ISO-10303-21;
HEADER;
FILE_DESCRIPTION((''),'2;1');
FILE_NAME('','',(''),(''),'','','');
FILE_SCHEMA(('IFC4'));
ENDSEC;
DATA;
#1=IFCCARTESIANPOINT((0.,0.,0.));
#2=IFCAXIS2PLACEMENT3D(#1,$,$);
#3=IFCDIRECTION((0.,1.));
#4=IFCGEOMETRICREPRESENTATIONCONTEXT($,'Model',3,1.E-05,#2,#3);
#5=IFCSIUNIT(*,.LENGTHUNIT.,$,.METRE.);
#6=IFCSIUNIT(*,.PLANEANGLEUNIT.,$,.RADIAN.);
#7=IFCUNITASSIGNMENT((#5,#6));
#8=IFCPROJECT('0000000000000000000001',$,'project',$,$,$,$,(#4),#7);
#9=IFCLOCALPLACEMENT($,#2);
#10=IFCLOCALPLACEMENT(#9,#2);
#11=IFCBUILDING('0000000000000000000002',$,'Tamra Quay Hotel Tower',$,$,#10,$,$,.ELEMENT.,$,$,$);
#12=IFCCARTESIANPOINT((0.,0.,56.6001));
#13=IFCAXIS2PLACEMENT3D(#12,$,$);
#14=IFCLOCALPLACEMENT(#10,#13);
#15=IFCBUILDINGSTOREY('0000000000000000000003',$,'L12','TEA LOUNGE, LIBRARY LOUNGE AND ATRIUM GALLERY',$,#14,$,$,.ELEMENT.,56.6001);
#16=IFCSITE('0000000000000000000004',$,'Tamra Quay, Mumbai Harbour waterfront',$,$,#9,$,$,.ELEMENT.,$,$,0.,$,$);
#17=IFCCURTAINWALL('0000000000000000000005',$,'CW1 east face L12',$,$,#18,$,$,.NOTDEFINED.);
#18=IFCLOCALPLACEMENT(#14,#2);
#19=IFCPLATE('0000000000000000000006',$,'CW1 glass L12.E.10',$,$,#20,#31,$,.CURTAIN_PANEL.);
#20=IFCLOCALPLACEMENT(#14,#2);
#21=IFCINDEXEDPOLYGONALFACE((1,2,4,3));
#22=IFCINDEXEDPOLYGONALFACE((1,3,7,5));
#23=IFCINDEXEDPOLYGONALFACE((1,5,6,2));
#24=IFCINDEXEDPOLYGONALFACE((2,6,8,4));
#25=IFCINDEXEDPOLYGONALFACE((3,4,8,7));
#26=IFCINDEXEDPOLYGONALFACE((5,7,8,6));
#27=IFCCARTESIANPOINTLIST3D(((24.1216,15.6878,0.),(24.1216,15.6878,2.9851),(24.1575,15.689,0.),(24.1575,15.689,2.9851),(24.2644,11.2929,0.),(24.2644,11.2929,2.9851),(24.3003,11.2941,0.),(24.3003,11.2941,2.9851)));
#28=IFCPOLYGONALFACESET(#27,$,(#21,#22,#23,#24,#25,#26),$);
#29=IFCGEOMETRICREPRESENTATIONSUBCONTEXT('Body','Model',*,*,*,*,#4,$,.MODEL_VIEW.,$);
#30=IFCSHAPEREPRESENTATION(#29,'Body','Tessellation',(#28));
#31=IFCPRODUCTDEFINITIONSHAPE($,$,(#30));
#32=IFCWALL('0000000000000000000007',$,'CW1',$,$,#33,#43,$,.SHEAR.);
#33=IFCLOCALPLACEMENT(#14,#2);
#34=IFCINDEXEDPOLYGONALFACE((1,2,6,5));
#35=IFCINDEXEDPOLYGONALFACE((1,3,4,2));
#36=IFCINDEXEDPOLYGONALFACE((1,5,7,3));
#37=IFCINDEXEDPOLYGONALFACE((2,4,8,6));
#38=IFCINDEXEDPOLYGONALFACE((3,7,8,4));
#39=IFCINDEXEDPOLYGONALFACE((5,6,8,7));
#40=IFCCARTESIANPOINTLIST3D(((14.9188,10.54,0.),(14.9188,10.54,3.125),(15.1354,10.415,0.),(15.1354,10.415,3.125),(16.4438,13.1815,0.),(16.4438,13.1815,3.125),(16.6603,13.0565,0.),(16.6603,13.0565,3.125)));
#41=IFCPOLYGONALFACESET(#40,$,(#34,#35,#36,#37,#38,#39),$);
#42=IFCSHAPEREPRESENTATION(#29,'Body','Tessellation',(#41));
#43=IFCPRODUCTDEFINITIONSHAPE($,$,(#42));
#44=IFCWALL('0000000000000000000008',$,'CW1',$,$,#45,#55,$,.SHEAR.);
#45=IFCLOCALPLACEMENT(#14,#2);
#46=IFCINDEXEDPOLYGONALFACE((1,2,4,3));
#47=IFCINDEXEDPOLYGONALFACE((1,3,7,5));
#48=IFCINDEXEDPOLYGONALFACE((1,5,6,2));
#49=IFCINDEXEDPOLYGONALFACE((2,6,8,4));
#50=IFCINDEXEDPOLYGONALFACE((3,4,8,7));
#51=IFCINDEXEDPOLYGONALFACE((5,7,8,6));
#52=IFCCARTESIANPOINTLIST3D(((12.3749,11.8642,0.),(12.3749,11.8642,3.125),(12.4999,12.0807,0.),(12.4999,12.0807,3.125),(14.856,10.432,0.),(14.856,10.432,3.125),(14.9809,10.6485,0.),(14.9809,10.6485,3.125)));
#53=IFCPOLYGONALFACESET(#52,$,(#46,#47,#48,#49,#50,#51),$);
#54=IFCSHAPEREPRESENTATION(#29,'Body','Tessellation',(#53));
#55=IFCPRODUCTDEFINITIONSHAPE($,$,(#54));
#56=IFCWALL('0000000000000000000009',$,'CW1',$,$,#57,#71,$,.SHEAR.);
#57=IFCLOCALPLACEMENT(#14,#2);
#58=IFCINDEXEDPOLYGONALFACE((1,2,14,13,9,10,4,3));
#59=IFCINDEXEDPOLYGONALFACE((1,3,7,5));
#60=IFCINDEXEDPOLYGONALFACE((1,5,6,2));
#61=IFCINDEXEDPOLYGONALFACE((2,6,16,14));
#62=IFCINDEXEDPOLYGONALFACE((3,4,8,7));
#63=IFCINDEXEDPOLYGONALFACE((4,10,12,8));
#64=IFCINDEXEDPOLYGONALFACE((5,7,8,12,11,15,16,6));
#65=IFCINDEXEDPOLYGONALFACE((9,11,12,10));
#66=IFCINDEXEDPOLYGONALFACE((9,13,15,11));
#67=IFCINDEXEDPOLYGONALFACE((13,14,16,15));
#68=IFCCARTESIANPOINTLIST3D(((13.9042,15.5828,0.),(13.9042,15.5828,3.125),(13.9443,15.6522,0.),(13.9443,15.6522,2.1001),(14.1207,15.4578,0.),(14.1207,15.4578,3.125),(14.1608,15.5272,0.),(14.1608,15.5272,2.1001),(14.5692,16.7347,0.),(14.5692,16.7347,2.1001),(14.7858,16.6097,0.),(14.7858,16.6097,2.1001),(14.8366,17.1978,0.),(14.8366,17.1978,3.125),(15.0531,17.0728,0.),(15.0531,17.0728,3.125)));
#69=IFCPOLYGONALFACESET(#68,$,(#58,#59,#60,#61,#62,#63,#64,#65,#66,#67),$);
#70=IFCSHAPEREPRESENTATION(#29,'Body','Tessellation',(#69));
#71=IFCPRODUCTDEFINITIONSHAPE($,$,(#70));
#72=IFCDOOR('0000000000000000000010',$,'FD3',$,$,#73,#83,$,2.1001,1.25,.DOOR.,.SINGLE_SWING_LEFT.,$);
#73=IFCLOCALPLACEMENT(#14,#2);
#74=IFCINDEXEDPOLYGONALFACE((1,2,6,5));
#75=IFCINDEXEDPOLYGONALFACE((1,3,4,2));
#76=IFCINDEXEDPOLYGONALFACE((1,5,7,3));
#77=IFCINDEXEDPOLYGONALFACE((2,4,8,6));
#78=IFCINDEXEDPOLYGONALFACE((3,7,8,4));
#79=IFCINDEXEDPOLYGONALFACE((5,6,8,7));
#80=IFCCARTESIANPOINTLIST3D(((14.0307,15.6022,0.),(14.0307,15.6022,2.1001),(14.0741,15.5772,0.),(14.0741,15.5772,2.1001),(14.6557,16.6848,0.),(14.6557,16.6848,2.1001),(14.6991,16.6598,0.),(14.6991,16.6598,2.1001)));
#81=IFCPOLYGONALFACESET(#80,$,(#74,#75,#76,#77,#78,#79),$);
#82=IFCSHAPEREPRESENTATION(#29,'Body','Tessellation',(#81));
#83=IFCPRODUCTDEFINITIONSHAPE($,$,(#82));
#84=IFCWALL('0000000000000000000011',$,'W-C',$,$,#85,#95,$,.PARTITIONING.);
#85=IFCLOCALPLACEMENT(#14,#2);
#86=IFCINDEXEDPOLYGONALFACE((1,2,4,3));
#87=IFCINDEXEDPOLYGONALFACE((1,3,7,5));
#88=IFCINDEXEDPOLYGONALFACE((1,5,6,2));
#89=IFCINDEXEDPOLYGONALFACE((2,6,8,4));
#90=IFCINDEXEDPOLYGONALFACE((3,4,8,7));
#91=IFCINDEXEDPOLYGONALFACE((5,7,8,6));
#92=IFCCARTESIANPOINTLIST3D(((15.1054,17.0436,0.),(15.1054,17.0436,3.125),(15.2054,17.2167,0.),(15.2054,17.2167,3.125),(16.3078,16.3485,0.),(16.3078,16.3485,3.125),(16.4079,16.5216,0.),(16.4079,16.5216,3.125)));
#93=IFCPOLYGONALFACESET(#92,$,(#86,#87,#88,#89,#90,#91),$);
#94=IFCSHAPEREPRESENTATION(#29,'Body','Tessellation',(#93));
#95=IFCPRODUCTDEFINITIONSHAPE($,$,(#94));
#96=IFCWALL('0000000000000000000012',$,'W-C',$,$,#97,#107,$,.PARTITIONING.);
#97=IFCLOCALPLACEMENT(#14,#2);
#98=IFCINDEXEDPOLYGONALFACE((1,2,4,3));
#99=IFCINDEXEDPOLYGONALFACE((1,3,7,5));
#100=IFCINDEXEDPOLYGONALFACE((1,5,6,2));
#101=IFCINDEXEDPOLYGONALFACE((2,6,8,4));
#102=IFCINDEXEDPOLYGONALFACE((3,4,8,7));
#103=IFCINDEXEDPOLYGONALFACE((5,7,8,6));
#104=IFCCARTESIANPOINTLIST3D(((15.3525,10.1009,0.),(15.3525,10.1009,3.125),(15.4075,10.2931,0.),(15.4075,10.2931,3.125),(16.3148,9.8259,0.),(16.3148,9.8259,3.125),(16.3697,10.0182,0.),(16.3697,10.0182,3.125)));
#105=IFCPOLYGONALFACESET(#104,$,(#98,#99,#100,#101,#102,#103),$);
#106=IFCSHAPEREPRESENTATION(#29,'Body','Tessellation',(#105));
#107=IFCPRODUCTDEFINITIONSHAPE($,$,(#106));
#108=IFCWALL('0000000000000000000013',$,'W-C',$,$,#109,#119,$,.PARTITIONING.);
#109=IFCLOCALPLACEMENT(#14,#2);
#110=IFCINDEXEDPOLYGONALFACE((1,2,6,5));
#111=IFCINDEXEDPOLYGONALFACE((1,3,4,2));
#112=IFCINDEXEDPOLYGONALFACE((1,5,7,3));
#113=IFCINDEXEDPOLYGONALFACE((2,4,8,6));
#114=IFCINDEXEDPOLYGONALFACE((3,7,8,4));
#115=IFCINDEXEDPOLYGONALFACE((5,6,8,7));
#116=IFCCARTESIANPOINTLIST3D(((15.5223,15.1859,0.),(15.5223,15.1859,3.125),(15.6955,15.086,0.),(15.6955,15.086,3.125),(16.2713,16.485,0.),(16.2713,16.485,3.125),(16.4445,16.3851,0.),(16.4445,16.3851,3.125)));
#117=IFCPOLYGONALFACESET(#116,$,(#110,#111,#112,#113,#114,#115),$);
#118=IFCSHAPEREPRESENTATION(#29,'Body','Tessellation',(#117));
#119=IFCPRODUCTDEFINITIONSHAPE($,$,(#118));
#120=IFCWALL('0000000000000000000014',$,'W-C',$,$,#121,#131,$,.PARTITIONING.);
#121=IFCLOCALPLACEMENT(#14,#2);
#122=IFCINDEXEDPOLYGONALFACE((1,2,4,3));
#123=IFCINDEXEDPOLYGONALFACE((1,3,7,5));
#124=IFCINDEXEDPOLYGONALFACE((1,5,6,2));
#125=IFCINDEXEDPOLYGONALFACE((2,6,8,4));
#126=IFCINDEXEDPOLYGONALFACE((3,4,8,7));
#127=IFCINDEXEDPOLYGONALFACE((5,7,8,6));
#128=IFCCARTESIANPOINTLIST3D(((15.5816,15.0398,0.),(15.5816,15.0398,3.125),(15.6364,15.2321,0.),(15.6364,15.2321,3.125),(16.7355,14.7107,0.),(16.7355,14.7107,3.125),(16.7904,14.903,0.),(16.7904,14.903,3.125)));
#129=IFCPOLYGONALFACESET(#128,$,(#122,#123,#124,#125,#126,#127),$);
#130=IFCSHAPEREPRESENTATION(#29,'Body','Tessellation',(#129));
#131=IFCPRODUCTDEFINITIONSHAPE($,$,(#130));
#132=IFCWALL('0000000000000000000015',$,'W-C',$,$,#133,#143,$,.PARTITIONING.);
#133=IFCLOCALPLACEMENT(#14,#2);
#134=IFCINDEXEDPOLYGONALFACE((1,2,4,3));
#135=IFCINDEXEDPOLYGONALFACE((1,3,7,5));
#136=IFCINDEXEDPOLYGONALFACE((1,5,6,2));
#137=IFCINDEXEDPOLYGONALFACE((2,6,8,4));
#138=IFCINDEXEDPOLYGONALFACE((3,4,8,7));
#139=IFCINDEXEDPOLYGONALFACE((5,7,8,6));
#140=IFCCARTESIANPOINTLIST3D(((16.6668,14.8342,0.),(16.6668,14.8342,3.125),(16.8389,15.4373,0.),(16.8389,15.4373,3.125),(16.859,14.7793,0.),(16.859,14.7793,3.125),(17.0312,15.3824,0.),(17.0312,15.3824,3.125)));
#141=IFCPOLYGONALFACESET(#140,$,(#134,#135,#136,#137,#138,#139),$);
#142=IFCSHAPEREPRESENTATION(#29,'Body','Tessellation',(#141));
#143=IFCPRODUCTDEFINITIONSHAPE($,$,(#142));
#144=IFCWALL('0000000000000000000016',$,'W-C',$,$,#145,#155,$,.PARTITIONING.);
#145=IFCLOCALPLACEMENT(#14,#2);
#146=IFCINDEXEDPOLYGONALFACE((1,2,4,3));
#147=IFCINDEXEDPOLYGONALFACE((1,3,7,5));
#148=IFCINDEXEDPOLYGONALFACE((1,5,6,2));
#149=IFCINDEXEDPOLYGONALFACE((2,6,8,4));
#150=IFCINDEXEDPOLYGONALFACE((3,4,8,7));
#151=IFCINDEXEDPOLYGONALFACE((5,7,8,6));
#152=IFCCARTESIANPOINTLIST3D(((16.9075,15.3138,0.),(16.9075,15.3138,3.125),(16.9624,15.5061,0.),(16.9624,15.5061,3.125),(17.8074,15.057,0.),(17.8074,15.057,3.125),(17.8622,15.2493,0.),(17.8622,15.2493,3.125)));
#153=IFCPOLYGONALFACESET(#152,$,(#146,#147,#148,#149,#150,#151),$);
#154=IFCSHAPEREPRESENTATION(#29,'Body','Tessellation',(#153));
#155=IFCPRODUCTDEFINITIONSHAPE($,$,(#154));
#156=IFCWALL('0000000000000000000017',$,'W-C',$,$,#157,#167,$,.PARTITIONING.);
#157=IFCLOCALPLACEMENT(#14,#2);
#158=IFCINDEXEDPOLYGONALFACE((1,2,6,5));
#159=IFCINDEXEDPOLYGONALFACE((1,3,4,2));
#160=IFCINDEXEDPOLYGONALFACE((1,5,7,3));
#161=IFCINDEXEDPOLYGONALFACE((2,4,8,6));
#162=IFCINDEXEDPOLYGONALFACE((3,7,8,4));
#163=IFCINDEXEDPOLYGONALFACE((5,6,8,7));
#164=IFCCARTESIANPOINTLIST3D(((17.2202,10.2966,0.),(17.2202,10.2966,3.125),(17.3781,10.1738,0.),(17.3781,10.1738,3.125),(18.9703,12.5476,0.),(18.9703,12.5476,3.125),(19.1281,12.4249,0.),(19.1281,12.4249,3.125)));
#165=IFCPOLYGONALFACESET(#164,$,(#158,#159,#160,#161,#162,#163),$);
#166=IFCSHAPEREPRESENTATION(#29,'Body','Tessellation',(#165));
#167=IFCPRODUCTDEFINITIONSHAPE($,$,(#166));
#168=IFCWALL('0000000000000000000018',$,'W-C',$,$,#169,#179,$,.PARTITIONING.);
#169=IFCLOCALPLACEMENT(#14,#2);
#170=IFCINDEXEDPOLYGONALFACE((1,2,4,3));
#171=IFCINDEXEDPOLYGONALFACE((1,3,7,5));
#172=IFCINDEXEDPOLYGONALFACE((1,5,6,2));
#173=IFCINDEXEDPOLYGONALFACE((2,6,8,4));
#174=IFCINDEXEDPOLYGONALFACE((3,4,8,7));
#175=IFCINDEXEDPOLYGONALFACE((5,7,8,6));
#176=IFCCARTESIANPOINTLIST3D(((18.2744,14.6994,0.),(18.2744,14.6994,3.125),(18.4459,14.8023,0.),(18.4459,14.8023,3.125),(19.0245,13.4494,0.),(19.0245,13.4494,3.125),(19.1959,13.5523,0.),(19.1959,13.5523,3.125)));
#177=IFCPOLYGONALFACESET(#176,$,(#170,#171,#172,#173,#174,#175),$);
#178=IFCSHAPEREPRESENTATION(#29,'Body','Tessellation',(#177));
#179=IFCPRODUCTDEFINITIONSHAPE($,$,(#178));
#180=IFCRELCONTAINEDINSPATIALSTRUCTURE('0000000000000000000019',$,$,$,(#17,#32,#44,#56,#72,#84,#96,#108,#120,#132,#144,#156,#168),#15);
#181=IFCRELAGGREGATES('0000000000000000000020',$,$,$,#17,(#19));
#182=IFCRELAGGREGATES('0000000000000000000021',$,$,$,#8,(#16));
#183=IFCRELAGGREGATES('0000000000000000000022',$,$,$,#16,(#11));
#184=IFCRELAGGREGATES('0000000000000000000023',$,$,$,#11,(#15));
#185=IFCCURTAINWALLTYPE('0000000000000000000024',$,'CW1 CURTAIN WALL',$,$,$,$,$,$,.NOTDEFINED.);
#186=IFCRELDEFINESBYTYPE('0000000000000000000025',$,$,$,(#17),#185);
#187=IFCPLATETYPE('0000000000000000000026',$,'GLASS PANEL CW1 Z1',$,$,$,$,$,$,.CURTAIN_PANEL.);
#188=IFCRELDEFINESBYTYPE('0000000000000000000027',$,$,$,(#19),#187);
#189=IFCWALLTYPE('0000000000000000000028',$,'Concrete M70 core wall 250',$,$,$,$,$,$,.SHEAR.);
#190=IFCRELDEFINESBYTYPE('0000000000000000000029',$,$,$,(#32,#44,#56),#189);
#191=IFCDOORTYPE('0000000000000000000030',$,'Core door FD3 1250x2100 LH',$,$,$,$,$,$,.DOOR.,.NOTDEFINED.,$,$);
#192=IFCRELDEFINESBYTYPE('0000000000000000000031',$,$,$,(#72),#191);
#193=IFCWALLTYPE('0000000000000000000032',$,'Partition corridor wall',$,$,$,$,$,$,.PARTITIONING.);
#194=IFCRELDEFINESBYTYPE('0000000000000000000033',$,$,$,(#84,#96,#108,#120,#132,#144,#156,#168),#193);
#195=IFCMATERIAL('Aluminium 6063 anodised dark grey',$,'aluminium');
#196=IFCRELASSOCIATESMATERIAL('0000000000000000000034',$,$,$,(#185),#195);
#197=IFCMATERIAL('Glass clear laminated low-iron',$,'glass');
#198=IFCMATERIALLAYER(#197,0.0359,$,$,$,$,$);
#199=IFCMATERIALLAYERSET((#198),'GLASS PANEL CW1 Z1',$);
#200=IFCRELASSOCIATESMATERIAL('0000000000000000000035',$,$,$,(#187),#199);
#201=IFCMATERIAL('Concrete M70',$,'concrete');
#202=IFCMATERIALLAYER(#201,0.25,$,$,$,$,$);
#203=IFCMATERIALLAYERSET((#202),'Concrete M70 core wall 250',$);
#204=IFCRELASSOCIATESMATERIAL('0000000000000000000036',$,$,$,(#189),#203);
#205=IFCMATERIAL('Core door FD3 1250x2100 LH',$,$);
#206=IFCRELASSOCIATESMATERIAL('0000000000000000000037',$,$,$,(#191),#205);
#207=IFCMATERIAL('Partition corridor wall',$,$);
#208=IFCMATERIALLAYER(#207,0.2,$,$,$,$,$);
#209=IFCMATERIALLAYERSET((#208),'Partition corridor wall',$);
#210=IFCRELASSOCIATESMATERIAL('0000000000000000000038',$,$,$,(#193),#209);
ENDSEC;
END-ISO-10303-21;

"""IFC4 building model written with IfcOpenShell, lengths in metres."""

from ifc_helpers import new_model, si_unit, direction, frame, frame_2d, origin, origin_2d, place, context, subcontext, project, spatial, rectangle, extrude, material, layer, layer_set, type_object, element, fill, aggregate, save


model = new_model("IFC4")

# Units and contexts
model_context = context("Model", 3, precision=1e-05, world=origin(), true_north=direction((0.0, 1.0)))
body_context = subcontext(model_context, "Body", "Model", "MODEL_VIEW")
ifc_project = project(units=[si_unit("LENGTHUNIT", "METRE"), si_unit("PLANEANGLEUNIT", "RADIAN")], contexts=[model_context])

# Site, building, storey
site_placement = place(None, origin())
site = spatial("IfcSite", under=ifc_project, at=site_placement, Name="Tamra Quay, Mumbai Harbour waterfront", CompositionType="ELEMENT", RefElevation=0.0)
building_placement = place(site_placement, origin())
building = spatial("IfcBuilding", under=site, at=building_placement, Name="Tamra Quay Hotel Tower", CompositionType="ELEMENT")
storey_placement = place(building_placement, frame((0.0, 0.0, 56.6001)))
storey = spatial("IfcBuildingStorey", under=building, at=storey_placement, Name="L12", Description="TEA LOUNGE, LIBRARY LOUNGE AND ATRIUM GALLERY", CompositionType="ELEMENT", Elevation=56.6001)

# Shared definitions
ifc_material_1 = material(Name="Concrete M70", Category="concrete")

# Curtain wall
ifc_material_2 = material(Name="Aluminium 6063 anodised dark grey", Category="aluminium")
curtain_wall_type = type_object("IfcCurtainWallType", Name="CW1 CURTAIN WALL", PredefinedType="NOTDEFINED", material=ifc_material_2)
curtain_wall_placement = place(storey_placement, origin())
curtain_wall = element("IfcCurtainWall", 1, at=curtain_wall_placement, inside=storey, type_object=curtain_wall_type, Name="CW1 east face L12", PredefinedType="NOTDEFINED")

# Plate
ifc_material_3 = material(Name="Glass clear laminated low-iron", Category="glass")
ifc_layer_1 = layer(ifc_material_3, 0.0359)
ifc_layer_set_1 = layer_set([ifc_layer_1], Name="GLASS PANEL CW1 Z1")
plate_type = type_object("IfcPlateType", Name="GLASS PANEL CW1 Z1", PredefinedType="CURTAIN_PANEL", material=ifc_layer_set_1)
plate_1_placement = place(storey_placement, frame((24.2109, 13.491, 0.0), z_axis=(0.0, 0.0, 1.0), x_axis=(-0.032475, 0.999473, 0.0)))
plate_1 = element("IfcPlate", 2, at=plate_1_placement, type_object=plate_type, Name="CW1 glass L12.E.10", PredefinedType="CURTAIN_PANEL", context=body_context, shape_type="SweptSolid", body=[
    extrude(rectangle(XDim=4.3972, YDim=0.0359, at=origin_2d()), origin(), (0.0, 0.0, 1.0), 2.9851),
])
aggregate(curtain_wall, [plate_1])

# Walls
ifc_layer_2 = layer(ifc_material_1, 0.25)
ifc_layer_set_2 = layer_set([ifc_layer_2], Name="Concrete M70 core wall 250")
wall_type_1 = type_object("IfcWallType", Name="Concrete M70 core wall 250", PredefinedType="SHEAR", material=ifc_layer_set_2)
wall_1_placement = place(storey_placement, frame((16.552, 13.1189, 0.0), z_axis=(0.0, 0.0, 1.0), x_axis=(-0.499979, -0.866038, 0.0)))
element("IfcWall", 3, at=wall_1_placement, inside=storey, type_object=wall_type_1, Name="CW1", PredefinedType="SHEAR", context=body_context, shape_type="SweptSolid", body=[
    extrude(rectangle(XDim=3.05, YDim=0.25, at=frame_2d((1.5249, 0.0))), origin(), (0.0, 0.0, 1.0), 3.125),
])
wall_2_placement = place(storey_placement, frame((14.9185, 10.5403, 0.0), z_axis=(0.0, 0.0, 1.0), x_axis=(-0.866064, 0.499934, 0.0)))
element("IfcWall", 4, at=wall_2_placement, inside=storey, type_object=wall_type_1, Name="CW1", PredefinedType="SHEAR", context=body_context, shape_type="SweptSolid", body=[
    extrude(rectangle(XDim=2.8647, YDim=0.25, at=frame_2d((1.4324, 0.0))), origin(), (0.0, 0.0, 1.0), 3.125),
])

# Wall, opening, door
wall_3_placement = place(storey_placement, frame((14.9448, 17.1353, 0.0), z_axis=(0.0, 0.0, 1.0), x_axis=(-0.499983, -0.866035, 0.0)))
wall_3 = element("IfcWall", 5, at=wall_3_placement, inside=storey, type_object=wall_type_1, Name="CW1", PredefinedType="SHEAR", context=body_context, shape_type="SweptSolid", body=[
    extrude(rectangle(XDim=1.8647, YDim=0.25, at=frame_2d((0.9324, 0.0))), origin(), (0.0, 0.0, 1.0), 3.125),
])
opening_placement = place(wall_3_placement, frame((0.5347, 0.0, 0.0)))
opening = element("IfcOpeningElement", 6, at=opening_placement, cuts=wall_3, PredefinedType="OPENING", context=body_context, shape_type="SweptSolid", body=[
    extrude(rectangle(XDim=1.25, YDim=2.1001, at=frame_2d((0.625, 1.05))), frame((0.0, 0.135, 0.0), z_axis=(0.0, -1.0, 0.0), x_axis=(1.0, 0.0, 0.0)), (0.0, 0.0, 1.0), 0.27),
])
ifc_material_4 = material(Name="Core door FD3 1250x2100 LH")
door_type = type_object("IfcDoorType", Name="Core door FD3 1250x2100 LH", OperationType="NOTDEFINED", PredefinedType="DOOR", material=ifc_material_4)
door_placement = place(opening_placement, origin())
door = element("IfcDoor", 7, at=door_placement, inside=storey, type_object=door_type, Name="FD3", OperationType="SINGLE_SWING_LEFT", OverallHeight=2.1001, OverallWidth=1.25, PredefinedType="DOOR", context=body_context, shape_type="SweptSolid", body=[
    extrude(rectangle(XDim=1.25, YDim=2.1001, at=frame_2d((0.625, 1.05))), frame((0.0, 0.0249, 0.0), z_axis=(0.0, -1.0, 0.0), x_axis=(1.0, 0.0, 0.0)), (0.0, 0.0, 1.0), 0.05),
])
fill(opening, door)

# Walls
ifc_material_5 = material(Name="Partition corridor wall")
ifc_layer_3 = layer(ifc_material_5, 0.2)
ifc_layer_set_3 = layer_set([ifc_layer_3], Name="Partition corridor wall")
wall_type_2 = type_object("IfcWallType", Name="Partition corridor wall", PredefinedType="PARTITIONING", material=ifc_layer_set_3)
wall_4_placement = place(storey_placement, frame((15.1555, 17.1301, 0.0), z_axis=(0.0, 0.0, 1.0), x_axis=(0.865755, -0.500468, 0.0)))
element("IfcWall", 8, at=wall_4_placement, inside=storey, type_object=wall_type_2, Name="W-C", PredefinedType="PARTITIONING", context=body_context, shape_type="SweptSolid", body=[
    extrude(rectangle(XDim=1.3889, YDim=0.2, at=frame_2d((0.6943, 0.0))), origin(), (0.0, 0.0, 1.0), 3.125),
])
wall_5_placement = place(storey_placement, frame((15.3799, 10.197, 0.0), z_axis=(0.0, 0.0, 1.0), x_axis=(0.961524, -0.274721, 0.0)))
element("IfcWall", 9, at=wall_5_placement, inside=storey, type_object=wall_type_2, Name="W-C", PredefinedType="PARTITIONING", context=body_context, shape_type="SweptSolid", body=[
    extrude(rectangle(XDim=1.0007, YDim=0.2, at=frame_2d((0.5005, 0.0))), origin(), (0.0, 0.0, 1.0), 3.125),
])
wall_6_placement = place(storey_placement, frame((15.6089, 15.136, 0.0), z_axis=(0.0, 0.0, 1.0), x_axis=(0.499502, 0.866313, 0.0)))
element("IfcWall", 10, at=wall_6_placement, inside=storey, type_object=wall_type_2, Name="W-C", PredefinedType="PARTITIONING", context=body_context, shape_type="SweptSolid", body=[
    extrude(rectangle(XDim=1.4995, YDim=0.2, at=frame_2d((0.7498, 0.0))), origin(), (0.0, 0.0, 1.0), 3.125),
])
wall_7_placement = place(storey_placement, frame((15.6089, 15.136, 0.0), z_axis=(0.0, 0.0, 1.0), x_axis=(0.961662, -0.274237, 0.0)))
element("IfcWall", 11, at=wall_7_placement, inside=storey, type_object=wall_type_2, Name="W-C", PredefinedType="PARTITIONING", context=body_context, shape_type="SweptSolid", body=[
    extrude(rectangle(XDim=1.2, YDim=0.2, at=frame_2d((0.6001, 0.0))), origin(), (0.0, 0.0, 1.0), 3.125),
])
wall_8_placement = place(storey_placement, frame((16.7629, 14.8069, 0.0), z_axis=(0.0, 0.0, 1.0), x_axis=(0.274464, 0.961597, 0.0)))
element("IfcWall", 12, at=wall_8_placement, inside=storey, type_object=wall_type_2, Name="W-C", PredefinedType="PARTITIONING", context=body_context, shape_type="SweptSolid", body=[
    extrude(rectangle(XDim=0.6272, YDim=0.2, at=frame_2d((0.3135, 0.0))), origin(), (0.0, 0.0, 1.0), 3.125),
])
wall_9_placement = place(storey_placement, frame((16.9351, 15.4099, 0.0), z_axis=(0.0, 0.0, 1.0), x_axis=(0.961603, -0.274445, 0.0)))
element("IfcWall", 13, at=wall_9_placement, inside=storey, type_object=wall_type_2, Name="W-C", PredefinedType="PARTITIONING", context=body_context, shape_type="SweptSolid", body=[
    extrude(rectangle(XDim=0.9358, YDim=0.2, at=frame_2d((0.4678, 0.0))), origin(), (0.0, 0.0, 1.0), 3.125),
])
wall_10_placement = place(storey_placement, frame((17.2991, 10.2351, 0.0), z_axis=(0.0, 0.0, 1.0), x_axis=(0.613775, 0.789481, 0.0)))
element("IfcWall", 14, at=wall_10_placement, inside=storey, type_object=wall_type_2, Name="W-C", PredefinedType="PARTITIONING", context=body_context, shape_type="SweptSolid", body=[
    extrude(rectangle(XDim=2.8513, YDim=0.2, at=frame_2d((1.4258, 0.0))), origin(), (0.0, 0.0, 1.0), 3.125),
])
wall_11_placement = place(storey_placement, frame((18.3601, 14.751, 0.0), z_axis=(0.0, 0.0, 1.0), x_axis=(0.514496, -0.857493, 0.0)))
element("IfcWall", 15, at=wall_11_placement, inside=storey, type_object=wall_type_2, Name="W-C", PredefinedType="PARTITIONING", context=body_context, shape_type="SweptSolid", body=[
    extrude(rectangle(XDim=1.4578, YDim=0.2, at=frame_2d((0.729, 0.0))), origin(), (0.0, 0.0, 1.0), 3.125),
])

save(model, "model.ifc")
